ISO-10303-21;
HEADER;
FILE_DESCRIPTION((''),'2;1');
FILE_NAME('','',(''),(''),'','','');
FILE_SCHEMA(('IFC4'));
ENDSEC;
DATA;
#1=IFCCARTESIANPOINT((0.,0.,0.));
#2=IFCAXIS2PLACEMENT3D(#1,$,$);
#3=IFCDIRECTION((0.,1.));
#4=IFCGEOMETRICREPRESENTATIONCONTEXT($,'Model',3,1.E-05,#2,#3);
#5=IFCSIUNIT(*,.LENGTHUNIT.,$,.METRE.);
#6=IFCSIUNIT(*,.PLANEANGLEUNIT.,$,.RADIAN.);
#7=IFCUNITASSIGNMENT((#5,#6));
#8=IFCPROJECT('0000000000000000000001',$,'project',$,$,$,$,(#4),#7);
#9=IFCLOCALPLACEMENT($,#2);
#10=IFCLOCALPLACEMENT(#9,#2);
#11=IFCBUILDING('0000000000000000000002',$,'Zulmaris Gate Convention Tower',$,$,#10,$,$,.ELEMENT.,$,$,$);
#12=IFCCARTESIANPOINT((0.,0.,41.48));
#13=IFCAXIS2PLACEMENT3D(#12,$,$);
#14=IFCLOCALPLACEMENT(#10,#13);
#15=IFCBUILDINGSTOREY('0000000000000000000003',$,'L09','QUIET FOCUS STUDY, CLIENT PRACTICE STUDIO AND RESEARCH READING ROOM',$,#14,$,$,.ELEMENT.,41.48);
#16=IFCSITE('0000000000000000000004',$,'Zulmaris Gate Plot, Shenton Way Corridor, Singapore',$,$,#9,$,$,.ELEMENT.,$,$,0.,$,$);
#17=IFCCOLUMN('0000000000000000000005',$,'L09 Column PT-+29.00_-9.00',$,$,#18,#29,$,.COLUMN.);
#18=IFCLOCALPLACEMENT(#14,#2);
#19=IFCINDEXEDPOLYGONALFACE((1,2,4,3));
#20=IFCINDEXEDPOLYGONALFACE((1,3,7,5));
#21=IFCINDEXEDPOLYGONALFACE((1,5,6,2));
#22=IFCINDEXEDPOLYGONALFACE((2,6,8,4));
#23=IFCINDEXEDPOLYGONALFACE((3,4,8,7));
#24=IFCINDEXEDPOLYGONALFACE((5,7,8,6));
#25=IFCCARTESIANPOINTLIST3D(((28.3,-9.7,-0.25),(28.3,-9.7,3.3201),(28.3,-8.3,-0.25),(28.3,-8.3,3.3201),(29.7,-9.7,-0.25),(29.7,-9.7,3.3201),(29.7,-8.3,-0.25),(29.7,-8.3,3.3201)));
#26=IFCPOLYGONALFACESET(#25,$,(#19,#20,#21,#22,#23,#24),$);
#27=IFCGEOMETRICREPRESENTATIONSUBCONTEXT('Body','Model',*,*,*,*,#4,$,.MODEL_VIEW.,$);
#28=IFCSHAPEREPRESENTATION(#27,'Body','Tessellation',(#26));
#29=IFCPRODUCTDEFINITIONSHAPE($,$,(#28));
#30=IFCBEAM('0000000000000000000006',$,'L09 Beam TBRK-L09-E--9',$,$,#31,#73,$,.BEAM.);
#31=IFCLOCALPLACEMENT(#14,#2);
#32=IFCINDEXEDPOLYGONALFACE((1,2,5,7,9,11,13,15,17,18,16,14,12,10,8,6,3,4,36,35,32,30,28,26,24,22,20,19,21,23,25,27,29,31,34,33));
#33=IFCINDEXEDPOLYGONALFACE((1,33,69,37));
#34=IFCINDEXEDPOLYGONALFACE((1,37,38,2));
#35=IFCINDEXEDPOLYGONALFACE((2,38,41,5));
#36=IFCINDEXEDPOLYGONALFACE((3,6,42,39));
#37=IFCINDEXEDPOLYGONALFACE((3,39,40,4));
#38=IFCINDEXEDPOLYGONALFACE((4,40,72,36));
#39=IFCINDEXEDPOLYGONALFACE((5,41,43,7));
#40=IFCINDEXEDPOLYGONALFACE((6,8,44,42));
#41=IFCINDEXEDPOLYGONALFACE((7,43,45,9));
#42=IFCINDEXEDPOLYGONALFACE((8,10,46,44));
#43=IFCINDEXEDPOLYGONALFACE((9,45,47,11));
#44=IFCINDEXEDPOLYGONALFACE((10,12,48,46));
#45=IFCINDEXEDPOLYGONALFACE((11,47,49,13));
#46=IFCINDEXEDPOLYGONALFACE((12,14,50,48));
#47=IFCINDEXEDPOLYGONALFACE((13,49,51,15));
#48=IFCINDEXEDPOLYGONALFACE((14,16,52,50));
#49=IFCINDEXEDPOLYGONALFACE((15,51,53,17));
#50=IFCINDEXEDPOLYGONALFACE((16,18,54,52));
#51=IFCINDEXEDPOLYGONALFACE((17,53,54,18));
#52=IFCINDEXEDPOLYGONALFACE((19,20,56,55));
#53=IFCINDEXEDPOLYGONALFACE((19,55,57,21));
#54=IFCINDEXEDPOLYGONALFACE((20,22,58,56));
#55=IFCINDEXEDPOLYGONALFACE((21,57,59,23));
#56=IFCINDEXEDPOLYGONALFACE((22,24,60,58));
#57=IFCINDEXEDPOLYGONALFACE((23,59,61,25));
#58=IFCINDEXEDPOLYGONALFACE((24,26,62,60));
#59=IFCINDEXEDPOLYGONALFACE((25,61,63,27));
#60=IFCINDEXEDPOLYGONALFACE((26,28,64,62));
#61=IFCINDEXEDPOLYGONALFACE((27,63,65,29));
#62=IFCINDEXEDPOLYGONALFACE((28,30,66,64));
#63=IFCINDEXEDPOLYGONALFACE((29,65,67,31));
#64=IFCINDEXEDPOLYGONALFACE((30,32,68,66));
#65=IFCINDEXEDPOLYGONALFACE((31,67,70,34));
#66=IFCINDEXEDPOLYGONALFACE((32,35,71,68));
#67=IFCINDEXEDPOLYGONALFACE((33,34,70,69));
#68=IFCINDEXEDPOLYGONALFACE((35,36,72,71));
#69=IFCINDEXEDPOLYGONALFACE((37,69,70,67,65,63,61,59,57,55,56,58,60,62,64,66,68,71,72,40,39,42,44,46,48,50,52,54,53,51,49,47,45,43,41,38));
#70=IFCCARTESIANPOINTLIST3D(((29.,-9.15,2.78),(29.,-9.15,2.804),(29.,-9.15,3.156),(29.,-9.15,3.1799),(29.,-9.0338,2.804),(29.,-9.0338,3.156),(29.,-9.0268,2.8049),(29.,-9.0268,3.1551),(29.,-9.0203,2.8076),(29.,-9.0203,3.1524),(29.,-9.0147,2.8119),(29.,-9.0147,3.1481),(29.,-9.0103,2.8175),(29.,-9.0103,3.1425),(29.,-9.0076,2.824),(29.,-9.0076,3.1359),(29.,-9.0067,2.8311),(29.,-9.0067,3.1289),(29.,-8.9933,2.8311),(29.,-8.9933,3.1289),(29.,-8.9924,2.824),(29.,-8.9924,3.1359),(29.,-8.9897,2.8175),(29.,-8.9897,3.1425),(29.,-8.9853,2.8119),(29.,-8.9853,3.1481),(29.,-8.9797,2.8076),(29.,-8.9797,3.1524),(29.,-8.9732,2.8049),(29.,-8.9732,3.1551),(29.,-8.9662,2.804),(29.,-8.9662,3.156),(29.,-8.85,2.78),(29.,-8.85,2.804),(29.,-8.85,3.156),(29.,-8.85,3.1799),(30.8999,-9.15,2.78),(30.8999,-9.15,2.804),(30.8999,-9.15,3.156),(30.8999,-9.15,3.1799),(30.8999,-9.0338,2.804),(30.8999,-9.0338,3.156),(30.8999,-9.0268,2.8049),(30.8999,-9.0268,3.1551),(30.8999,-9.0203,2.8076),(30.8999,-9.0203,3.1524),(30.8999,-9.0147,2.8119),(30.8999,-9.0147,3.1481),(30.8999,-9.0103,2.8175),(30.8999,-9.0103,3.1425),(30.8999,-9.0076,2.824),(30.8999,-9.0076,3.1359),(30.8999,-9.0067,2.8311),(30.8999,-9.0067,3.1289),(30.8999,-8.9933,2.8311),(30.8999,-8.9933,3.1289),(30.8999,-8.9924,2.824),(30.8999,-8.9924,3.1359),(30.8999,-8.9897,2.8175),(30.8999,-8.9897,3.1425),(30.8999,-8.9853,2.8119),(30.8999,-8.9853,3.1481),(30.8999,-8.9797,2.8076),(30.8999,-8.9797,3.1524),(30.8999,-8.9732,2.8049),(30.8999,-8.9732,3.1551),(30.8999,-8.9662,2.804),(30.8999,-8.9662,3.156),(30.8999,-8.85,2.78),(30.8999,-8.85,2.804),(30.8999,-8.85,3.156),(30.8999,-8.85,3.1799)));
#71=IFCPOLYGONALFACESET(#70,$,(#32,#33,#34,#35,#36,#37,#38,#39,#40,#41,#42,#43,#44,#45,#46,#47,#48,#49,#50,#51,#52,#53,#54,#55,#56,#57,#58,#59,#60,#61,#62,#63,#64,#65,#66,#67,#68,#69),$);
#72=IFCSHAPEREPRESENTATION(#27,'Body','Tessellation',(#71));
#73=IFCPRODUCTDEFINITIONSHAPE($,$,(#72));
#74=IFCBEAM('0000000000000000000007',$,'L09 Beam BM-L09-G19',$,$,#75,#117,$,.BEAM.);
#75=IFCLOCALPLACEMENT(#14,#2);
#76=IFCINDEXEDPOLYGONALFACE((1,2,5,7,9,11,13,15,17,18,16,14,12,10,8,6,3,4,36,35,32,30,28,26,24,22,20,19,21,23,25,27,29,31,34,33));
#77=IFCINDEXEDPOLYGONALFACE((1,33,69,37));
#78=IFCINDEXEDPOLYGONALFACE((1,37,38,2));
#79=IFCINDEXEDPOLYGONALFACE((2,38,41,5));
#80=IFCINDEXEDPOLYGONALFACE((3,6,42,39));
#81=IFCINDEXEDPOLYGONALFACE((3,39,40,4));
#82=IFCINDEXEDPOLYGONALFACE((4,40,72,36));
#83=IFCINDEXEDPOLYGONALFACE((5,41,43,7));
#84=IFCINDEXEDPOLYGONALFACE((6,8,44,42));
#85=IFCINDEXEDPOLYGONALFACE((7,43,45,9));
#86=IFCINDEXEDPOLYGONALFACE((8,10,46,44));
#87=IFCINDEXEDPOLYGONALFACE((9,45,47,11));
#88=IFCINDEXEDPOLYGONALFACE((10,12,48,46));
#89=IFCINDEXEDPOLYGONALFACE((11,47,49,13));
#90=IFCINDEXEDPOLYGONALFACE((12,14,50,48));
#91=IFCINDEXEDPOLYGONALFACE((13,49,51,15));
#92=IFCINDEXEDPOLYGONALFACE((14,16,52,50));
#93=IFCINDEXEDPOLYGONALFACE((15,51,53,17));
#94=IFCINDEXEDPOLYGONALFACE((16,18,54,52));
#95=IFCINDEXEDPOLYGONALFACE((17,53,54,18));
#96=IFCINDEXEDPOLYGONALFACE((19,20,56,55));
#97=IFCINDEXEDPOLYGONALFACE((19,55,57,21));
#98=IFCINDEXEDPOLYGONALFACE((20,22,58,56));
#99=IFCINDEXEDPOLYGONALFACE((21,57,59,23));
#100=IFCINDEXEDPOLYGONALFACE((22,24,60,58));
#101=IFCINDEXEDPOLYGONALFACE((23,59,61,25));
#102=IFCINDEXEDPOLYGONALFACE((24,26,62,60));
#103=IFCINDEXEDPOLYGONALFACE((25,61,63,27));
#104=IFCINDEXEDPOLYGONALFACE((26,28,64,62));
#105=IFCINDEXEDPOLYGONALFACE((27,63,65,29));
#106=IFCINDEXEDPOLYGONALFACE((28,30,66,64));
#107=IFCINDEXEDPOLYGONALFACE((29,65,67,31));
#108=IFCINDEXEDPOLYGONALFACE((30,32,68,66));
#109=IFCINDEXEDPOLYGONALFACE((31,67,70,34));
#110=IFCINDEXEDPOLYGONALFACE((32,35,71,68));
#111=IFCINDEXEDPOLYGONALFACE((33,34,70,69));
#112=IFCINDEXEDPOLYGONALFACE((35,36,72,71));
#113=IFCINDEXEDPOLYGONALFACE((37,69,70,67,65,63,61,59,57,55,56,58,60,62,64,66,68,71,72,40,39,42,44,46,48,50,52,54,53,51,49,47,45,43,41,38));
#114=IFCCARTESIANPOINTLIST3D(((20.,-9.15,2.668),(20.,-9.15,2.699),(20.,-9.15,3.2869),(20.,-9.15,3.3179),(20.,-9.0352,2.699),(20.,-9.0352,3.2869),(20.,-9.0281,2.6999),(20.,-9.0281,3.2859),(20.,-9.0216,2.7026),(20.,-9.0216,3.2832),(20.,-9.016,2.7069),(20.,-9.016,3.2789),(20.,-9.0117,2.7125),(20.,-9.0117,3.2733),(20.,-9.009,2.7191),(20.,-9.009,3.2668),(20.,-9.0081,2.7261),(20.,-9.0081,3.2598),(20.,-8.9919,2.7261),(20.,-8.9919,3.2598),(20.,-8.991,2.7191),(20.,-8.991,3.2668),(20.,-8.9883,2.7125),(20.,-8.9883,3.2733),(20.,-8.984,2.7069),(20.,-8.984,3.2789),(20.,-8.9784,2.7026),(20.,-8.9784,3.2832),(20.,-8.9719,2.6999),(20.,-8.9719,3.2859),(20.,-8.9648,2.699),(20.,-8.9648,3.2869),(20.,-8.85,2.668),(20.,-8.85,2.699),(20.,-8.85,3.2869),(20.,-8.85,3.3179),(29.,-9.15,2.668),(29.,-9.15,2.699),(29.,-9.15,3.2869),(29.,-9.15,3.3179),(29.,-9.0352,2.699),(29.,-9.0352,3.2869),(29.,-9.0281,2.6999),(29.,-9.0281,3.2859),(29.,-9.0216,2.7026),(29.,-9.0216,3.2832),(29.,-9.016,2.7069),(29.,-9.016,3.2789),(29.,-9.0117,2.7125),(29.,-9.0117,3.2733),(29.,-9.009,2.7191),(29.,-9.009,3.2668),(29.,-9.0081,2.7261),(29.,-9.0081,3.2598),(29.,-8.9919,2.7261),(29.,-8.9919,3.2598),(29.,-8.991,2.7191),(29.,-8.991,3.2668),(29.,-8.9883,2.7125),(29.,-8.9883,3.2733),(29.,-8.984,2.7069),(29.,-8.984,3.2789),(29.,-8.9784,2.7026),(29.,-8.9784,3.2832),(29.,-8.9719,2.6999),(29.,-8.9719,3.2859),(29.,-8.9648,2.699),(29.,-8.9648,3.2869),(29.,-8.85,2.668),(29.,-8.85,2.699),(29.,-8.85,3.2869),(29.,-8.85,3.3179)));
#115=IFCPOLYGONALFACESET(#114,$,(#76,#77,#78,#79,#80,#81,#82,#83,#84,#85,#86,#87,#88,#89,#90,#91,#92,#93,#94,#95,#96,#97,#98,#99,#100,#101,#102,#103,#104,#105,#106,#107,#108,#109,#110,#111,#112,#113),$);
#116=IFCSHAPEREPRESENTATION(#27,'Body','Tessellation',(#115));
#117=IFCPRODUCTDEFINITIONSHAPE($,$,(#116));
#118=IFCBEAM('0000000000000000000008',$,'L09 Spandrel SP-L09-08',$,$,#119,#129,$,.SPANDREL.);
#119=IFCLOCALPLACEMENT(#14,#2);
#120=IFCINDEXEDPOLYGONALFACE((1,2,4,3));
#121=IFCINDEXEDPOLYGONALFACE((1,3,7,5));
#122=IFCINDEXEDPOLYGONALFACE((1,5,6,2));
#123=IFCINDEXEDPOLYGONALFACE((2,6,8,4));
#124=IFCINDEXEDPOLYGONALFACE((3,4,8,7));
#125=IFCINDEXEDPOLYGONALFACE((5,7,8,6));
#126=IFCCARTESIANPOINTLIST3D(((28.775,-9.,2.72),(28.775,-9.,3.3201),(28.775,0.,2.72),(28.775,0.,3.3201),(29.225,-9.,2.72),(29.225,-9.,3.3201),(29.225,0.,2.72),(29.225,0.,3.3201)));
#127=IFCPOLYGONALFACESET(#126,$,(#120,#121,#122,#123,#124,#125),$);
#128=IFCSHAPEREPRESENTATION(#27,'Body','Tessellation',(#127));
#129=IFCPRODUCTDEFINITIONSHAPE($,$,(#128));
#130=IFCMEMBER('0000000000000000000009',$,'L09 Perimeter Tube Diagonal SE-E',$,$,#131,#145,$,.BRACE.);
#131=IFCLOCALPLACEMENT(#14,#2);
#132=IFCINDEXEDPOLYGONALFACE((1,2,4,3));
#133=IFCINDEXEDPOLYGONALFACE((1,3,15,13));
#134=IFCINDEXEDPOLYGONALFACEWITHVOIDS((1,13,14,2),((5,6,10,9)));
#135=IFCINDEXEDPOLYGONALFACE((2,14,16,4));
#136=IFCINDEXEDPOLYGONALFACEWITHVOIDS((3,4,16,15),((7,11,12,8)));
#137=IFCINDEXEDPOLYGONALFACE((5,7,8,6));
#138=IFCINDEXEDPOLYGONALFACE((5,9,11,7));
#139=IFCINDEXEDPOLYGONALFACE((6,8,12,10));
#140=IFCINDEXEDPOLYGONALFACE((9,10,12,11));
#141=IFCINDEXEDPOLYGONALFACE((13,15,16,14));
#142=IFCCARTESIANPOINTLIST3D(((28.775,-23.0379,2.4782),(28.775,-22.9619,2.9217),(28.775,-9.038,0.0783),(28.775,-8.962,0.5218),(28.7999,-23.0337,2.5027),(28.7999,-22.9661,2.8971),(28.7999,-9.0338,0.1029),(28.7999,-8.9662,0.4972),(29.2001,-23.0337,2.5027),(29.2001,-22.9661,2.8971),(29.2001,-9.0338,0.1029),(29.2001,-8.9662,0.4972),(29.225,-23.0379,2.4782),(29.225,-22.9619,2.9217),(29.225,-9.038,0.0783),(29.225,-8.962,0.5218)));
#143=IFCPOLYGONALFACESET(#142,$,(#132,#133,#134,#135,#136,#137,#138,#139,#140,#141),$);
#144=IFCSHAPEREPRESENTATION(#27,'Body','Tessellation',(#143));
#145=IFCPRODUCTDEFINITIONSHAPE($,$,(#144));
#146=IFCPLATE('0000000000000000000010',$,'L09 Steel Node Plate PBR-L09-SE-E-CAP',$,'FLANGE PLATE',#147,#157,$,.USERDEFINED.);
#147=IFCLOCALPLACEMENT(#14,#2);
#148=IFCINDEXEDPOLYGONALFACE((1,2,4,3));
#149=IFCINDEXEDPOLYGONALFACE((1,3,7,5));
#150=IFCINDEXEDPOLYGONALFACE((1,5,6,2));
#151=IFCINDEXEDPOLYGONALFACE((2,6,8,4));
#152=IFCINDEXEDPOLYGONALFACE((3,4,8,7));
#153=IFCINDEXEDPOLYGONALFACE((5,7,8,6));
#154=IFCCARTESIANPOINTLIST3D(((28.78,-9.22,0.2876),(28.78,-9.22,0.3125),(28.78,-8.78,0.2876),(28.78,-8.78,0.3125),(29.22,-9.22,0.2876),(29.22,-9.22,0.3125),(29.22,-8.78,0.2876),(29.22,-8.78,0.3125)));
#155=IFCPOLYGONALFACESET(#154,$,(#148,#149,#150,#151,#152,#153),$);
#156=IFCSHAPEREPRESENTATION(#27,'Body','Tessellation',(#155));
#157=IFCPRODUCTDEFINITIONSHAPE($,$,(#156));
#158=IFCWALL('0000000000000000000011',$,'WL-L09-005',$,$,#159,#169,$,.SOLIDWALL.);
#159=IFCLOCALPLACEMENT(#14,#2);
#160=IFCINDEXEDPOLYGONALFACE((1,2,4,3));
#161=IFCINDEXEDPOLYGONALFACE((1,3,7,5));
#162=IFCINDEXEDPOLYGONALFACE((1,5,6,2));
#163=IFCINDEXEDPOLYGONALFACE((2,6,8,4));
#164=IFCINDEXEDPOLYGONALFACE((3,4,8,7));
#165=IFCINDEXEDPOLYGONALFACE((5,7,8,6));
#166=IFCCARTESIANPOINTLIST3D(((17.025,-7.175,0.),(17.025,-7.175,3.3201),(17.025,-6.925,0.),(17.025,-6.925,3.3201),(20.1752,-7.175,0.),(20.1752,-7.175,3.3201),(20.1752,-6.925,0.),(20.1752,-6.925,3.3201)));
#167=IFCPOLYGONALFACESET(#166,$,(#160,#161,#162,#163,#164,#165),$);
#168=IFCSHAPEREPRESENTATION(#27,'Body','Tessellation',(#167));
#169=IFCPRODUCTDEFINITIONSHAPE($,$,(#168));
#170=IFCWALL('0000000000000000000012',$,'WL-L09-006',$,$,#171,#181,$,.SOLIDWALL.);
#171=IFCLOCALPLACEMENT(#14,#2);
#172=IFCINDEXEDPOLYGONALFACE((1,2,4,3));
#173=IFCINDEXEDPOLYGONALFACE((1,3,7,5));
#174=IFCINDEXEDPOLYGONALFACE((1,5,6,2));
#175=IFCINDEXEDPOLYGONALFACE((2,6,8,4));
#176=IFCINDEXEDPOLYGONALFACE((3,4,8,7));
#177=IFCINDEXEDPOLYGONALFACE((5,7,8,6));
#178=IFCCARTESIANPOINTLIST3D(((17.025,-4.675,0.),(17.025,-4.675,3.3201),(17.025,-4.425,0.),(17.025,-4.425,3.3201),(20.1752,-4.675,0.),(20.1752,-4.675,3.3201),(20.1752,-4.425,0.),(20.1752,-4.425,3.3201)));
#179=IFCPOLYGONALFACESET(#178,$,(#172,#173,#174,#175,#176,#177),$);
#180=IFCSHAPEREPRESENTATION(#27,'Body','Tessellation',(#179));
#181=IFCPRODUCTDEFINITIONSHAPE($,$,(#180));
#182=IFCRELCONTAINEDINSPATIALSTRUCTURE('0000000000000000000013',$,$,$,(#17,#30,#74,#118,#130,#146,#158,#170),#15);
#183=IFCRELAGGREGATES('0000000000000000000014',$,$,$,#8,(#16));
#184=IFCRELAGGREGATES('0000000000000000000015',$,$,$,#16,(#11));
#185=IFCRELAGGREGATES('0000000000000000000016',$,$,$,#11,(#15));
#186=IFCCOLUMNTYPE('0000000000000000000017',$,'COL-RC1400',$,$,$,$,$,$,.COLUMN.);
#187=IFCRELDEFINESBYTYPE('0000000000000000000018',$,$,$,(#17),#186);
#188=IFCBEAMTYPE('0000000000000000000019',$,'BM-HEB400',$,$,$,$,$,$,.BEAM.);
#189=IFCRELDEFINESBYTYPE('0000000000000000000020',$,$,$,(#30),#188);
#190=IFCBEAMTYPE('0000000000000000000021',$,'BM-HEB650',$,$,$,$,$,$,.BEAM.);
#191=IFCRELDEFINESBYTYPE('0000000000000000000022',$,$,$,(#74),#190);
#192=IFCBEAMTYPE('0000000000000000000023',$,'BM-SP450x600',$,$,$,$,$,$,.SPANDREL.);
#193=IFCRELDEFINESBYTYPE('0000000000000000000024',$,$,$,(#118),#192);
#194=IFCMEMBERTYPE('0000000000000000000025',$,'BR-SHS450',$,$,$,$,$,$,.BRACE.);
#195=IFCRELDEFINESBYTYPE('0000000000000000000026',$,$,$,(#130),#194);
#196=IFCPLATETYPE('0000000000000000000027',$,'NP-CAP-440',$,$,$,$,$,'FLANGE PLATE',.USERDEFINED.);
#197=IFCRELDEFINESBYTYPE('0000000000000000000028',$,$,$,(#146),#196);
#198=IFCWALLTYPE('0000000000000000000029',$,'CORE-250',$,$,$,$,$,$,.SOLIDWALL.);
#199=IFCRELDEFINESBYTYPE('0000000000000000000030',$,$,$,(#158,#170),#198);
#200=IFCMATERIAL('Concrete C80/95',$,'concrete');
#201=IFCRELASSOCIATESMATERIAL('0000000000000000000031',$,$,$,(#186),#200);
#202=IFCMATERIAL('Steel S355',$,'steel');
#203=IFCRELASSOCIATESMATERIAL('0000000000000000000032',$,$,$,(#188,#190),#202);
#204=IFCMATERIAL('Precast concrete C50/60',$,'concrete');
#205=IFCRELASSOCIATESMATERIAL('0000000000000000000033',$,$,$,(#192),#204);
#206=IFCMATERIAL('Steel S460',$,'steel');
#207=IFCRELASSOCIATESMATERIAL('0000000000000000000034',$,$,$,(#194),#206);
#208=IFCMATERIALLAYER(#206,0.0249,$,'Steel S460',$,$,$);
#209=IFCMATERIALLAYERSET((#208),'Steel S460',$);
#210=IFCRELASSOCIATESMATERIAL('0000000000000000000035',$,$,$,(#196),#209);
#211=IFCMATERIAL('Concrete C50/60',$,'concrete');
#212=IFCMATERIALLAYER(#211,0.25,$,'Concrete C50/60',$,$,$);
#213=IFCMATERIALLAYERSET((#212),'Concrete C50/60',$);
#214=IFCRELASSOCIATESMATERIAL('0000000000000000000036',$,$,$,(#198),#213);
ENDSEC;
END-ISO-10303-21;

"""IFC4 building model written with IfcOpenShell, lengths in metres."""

from ifc_helpers import new_model, si_unit, direction, frame, frame_2d, origin, origin_2d, place, context, subcontext, project, spatial, rectangle, hollow_rectangle, i_section, extrude, material, layer, layer_set, material_profile, profile_set, type_object, element, save


model = new_model("IFC4")

# Units and contexts
model_context = context("Model", 3, precision=1e-05, world=origin(), true_north=direction((0.0, 1.0)))
body_context = subcontext(model_context, "Body", "Model", "MODEL_VIEW")
ifc_project = project(units=[si_unit("LENGTHUNIT", "METRE"), si_unit("PLANEANGLEUNIT", "RADIAN")], contexts=[model_context])

# Site, building, storey
site_placement = place(None, origin())
site = spatial("IfcSite", under=ifc_project, at=site_placement, Name="Zulmaris Gate Plot, Shenton Way Corridor, Singapore", CompositionType="ELEMENT", RefElevation=0.0)
building_placement = place(site_placement, origin())
building = spatial("IfcBuilding", under=site, at=building_placement, Name="Zulmaris Gate Convention Tower", CompositionType="ELEMENT")
storey_placement = place(building_placement, frame((0.0, 0.0, 41.48)))
storey = spatial("IfcBuildingStorey", under=building, at=storey_placement, Name="L09", Description="QUIET FOCUS STUDY, CLIENT PRACTICE STUDIO AND RESEARCH READING ROOM", CompositionType="ELEMENT", Elevation=41.48)

# Column
ifc_material_1 = material(Name="Concrete C80/95", Category="concrete")
ifc_material_profile_1 = material_profile(ifc_material_1, rectangle(XDim=1.3999, YDim=1.3999, at=origin_2d()), Name="RC COL 1400x1400")
ifc_profile_set_1 = profile_set([ifc_material_profile_1], Name="Concrete C80/95")
column_type = type_object("IfcColumnType", Name="COL-RC1400", PredefinedType="COLUMN", material=ifc_profile_set_1)
column_placement = place(storey_placement, frame((29.0, -9.0, -0.25), z_axis=(0.0, 0.0, 1.0), x_axis=(1.0, 0.0, 0.0)))
element("IfcColumn", 1, at=column_placement, inside=storey, type_object=column_type, Name="L09 Column PT-+29.00_-9.00", PredefinedType="COLUMN", context=body_context, shape_type="SweptSolid", body=[
    extrude(rectangle(XDim=1.3999, YDim=1.3999, at=origin_2d()), origin(), (0.0, 0.0, 1.0), 3.5701),
])

# Beams
ifc_material_2 = material(Name="Steel S355", Category="steel")
ifc_material_profile_2 = material_profile(ifc_material_2, i_section(OverallWidth=0.3, OverallDepth=0.3999, WebThickness=0.0134, FlangeThickness=0.0239, FilletRadius=0.0271, at=origin_2d()), Name="HEB 400")
ifc_profile_set_2 = profile_set([ifc_material_profile_2], Name="Steel S355")
beam_type_1 = type_object("IfcBeamType", Name="BM-HEB400", PredefinedType="BEAM", material=ifc_profile_set_2)
beam_1_placement = place(storey_placement, frame((29.0, -9.0, 2.98), z_axis=(1.0, 0.0, 0.0), x_axis=(0.0, 1.0, 0.0)))
element("IfcBeam", 2, at=beam_1_placement, inside=storey, type_object=beam_type_1, Name="L09 Beam TBRK-L09-E--9", PredefinedType="BEAM", context=body_context, shape_type="SweptSolid", body=[
    extrude(i_section(OverallWidth=0.3, OverallDepth=0.3999, WebThickness=0.0134, FlangeThickness=0.0239, FilletRadius=0.0271, at=origin_2d()), origin(), (0.0, 0.0, 1.0), 1.8999),
])
ifc_material_profile_3 = material_profile(ifc_material_2, i_section(OverallWidth=0.3, OverallDepth=0.6499, WebThickness=0.0161, FlangeThickness=0.031, FilletRadius=0.0271, at=origin_2d()), Name="HEB 650")
ifc_profile_set_3 = profile_set([ifc_material_profile_3], Name="Steel S355")
beam_type_2 = type_object("IfcBeamType", Name="BM-HEB650", PredefinedType="BEAM", material=ifc_profile_set_3)
beam_2_placement = place(storey_placement, frame((20.0, -9.0, 2.9929), z_axis=(1.0, 0.0, 0.0), x_axis=(0.0, 1.0, 0.0)))
element("IfcBeam", 3, at=beam_2_placement, inside=storey, type_object=beam_type_2, Name="L09 Beam BM-L09-G19", PredefinedType="BEAM", context=body_context, shape_type="SweptSolid", body=[
    extrude(i_section(OverallWidth=0.3, OverallDepth=0.6499, WebThickness=0.0161, FlangeThickness=0.031, FilletRadius=0.0271, at=origin_2d()), origin(), (0.0, 0.0, 1.0), 9.0),
])
ifc_material_3 = material(Name="Precast concrete C50/60", Category="concrete")
ifc_material_profile_4 = material_profile(ifc_material_3, rectangle(XDim=0.45, YDim=0.6001, at=origin_2d()), Name="RC SPANDREL 450x600")
ifc_profile_set_4 = profile_set([ifc_material_profile_4], Name="Precast concrete C50/60")
beam_type_3 = type_object("IfcBeamType", Name="BM-SP450x600", PredefinedType="SPANDREL", material=ifc_profile_set_4)
beam_3_placement = place(storey_placement, frame((29.0, -9.0, 3.02), z_axis=(0.0, 1.0, 0.0), x_axis=(-1.0, 0.0, 0.0)))
element("IfcBeam", 4, at=beam_3_placement, inside=storey, type_object=beam_type_3, Name="L09 Spandrel SP-L09-08", PredefinedType="SPANDREL", context=body_context, shape_type="SweptSolid", body=[
    extrude(rectangle(XDim=0.45, YDim=0.6001, at=origin_2d()), origin(), (0.0, 0.0, 1.0), 9.0),
])

# Member
ifc_material_4 = material(Name="Steel S460", Category="steel")
ifc_material_profile_5 = material_profile(ifc_material_4, hollow_rectangle(XDim=0.45, YDim=0.45, WallThickness=0.0249, at=origin_2d()), Name="SHS 450x450x25")
ifc_profile_set_5 = profile_set([ifc_material_profile_5], Name="Steel S460")
member_type = type_object("IfcMemberType", Name="BR-SHS450", PredefinedType="BRACE", material=ifc_profile_set_5)
member_placement = place(storey_placement, frame((29.0, -9.0, 0.3), z_axis=(0.0, -0.985623, 0.168957), x_axis=(1.0, 0.0, 0.0)))
element("IfcMember", 5, at=member_placement, inside=storey, type_object=member_type, Name="L09 Perimeter Tube Diagonal SE-E", PredefinedType="BRACE", context=body_context, shape_type="SweptSolid", body=[
    extrude(hollow_rectangle(XDim=0.45, YDim=0.45, WallThickness=0.0249, at=origin_2d()), origin(), (0.0, 0.0, 1.0), 14.2041),
])

# Plate
ifc_layer_1 = layer(ifc_material_4, 0.0249, Name="Steel S460")
ifc_layer_set_1 = layer_set([ifc_layer_1], Name="Steel S460")
plate_type = type_object("IfcPlateType", Name="NP-CAP-440", ElementType="FLANGE PLATE", PredefinedType="USERDEFINED", material=ifc_layer_set_1)
plate_placement = place(storey_placement, frame((29.0, -9.0, 0.2876), z_axis=(0.0, 0.0, 1.0), x_axis=(1.0, 0.0, 0.0)))
element("IfcPlate", 6, at=plate_placement, inside=storey, type_object=plate_type, Name="L09 Steel Node Plate PBR-L09-SE-E-CAP", ObjectType="FLANGE PLATE", PredefinedType="USERDEFINED", context=body_context, shape_type="SweptSolid", body=[
    extrude(rectangle(XDim=0.4399, YDim=0.4399, at=origin_2d()), origin(), (0.0, 0.0, 1.0), 0.0249),
])

# Walls
ifc_material_5 = material(Name="Concrete C50/60", Category="concrete")
ifc_layer_2 = layer(ifc_material_5, 0.25, Name="Concrete C50/60")
ifc_layer_set_2 = layer_set([ifc_layer_2], Name="Concrete C50/60")
wall_type_1 = type_object("IfcWallType", Name="CORE-250", PredefinedType="SOLIDWALL", material=ifc_layer_set_2)
for number, where, z_axis, x_axis, name in (
    (7, (17.0249, -7.05, 0.0), (0.0, 0.0, 1.0), (1.0, 0.0, 0.0), "WL-L09-005"),
    (8, (17.0249, -4.55, 0.0), (0.0, 0.0, 1.0), (1.0, 0.0, 0.0), "WL-L09-006"),
):
    element("IfcWall", number, at=place(storey_placement, frame(where, z_axis=z_axis, x_axis=x_axis)), inside=storey, type_object=wall_type_1, Name=name, PredefinedType="SOLIDWALL", context=body_context, shape_type="SweptSolid", body=[
        extrude(rectangle(XDim=3.1501, YDim=0.25, at=frame_2d((1.5752, 0.0))), origin(), (0.0, 0.0, 1.0), 3.3201),
    ])

save(model, "model.ifc")
